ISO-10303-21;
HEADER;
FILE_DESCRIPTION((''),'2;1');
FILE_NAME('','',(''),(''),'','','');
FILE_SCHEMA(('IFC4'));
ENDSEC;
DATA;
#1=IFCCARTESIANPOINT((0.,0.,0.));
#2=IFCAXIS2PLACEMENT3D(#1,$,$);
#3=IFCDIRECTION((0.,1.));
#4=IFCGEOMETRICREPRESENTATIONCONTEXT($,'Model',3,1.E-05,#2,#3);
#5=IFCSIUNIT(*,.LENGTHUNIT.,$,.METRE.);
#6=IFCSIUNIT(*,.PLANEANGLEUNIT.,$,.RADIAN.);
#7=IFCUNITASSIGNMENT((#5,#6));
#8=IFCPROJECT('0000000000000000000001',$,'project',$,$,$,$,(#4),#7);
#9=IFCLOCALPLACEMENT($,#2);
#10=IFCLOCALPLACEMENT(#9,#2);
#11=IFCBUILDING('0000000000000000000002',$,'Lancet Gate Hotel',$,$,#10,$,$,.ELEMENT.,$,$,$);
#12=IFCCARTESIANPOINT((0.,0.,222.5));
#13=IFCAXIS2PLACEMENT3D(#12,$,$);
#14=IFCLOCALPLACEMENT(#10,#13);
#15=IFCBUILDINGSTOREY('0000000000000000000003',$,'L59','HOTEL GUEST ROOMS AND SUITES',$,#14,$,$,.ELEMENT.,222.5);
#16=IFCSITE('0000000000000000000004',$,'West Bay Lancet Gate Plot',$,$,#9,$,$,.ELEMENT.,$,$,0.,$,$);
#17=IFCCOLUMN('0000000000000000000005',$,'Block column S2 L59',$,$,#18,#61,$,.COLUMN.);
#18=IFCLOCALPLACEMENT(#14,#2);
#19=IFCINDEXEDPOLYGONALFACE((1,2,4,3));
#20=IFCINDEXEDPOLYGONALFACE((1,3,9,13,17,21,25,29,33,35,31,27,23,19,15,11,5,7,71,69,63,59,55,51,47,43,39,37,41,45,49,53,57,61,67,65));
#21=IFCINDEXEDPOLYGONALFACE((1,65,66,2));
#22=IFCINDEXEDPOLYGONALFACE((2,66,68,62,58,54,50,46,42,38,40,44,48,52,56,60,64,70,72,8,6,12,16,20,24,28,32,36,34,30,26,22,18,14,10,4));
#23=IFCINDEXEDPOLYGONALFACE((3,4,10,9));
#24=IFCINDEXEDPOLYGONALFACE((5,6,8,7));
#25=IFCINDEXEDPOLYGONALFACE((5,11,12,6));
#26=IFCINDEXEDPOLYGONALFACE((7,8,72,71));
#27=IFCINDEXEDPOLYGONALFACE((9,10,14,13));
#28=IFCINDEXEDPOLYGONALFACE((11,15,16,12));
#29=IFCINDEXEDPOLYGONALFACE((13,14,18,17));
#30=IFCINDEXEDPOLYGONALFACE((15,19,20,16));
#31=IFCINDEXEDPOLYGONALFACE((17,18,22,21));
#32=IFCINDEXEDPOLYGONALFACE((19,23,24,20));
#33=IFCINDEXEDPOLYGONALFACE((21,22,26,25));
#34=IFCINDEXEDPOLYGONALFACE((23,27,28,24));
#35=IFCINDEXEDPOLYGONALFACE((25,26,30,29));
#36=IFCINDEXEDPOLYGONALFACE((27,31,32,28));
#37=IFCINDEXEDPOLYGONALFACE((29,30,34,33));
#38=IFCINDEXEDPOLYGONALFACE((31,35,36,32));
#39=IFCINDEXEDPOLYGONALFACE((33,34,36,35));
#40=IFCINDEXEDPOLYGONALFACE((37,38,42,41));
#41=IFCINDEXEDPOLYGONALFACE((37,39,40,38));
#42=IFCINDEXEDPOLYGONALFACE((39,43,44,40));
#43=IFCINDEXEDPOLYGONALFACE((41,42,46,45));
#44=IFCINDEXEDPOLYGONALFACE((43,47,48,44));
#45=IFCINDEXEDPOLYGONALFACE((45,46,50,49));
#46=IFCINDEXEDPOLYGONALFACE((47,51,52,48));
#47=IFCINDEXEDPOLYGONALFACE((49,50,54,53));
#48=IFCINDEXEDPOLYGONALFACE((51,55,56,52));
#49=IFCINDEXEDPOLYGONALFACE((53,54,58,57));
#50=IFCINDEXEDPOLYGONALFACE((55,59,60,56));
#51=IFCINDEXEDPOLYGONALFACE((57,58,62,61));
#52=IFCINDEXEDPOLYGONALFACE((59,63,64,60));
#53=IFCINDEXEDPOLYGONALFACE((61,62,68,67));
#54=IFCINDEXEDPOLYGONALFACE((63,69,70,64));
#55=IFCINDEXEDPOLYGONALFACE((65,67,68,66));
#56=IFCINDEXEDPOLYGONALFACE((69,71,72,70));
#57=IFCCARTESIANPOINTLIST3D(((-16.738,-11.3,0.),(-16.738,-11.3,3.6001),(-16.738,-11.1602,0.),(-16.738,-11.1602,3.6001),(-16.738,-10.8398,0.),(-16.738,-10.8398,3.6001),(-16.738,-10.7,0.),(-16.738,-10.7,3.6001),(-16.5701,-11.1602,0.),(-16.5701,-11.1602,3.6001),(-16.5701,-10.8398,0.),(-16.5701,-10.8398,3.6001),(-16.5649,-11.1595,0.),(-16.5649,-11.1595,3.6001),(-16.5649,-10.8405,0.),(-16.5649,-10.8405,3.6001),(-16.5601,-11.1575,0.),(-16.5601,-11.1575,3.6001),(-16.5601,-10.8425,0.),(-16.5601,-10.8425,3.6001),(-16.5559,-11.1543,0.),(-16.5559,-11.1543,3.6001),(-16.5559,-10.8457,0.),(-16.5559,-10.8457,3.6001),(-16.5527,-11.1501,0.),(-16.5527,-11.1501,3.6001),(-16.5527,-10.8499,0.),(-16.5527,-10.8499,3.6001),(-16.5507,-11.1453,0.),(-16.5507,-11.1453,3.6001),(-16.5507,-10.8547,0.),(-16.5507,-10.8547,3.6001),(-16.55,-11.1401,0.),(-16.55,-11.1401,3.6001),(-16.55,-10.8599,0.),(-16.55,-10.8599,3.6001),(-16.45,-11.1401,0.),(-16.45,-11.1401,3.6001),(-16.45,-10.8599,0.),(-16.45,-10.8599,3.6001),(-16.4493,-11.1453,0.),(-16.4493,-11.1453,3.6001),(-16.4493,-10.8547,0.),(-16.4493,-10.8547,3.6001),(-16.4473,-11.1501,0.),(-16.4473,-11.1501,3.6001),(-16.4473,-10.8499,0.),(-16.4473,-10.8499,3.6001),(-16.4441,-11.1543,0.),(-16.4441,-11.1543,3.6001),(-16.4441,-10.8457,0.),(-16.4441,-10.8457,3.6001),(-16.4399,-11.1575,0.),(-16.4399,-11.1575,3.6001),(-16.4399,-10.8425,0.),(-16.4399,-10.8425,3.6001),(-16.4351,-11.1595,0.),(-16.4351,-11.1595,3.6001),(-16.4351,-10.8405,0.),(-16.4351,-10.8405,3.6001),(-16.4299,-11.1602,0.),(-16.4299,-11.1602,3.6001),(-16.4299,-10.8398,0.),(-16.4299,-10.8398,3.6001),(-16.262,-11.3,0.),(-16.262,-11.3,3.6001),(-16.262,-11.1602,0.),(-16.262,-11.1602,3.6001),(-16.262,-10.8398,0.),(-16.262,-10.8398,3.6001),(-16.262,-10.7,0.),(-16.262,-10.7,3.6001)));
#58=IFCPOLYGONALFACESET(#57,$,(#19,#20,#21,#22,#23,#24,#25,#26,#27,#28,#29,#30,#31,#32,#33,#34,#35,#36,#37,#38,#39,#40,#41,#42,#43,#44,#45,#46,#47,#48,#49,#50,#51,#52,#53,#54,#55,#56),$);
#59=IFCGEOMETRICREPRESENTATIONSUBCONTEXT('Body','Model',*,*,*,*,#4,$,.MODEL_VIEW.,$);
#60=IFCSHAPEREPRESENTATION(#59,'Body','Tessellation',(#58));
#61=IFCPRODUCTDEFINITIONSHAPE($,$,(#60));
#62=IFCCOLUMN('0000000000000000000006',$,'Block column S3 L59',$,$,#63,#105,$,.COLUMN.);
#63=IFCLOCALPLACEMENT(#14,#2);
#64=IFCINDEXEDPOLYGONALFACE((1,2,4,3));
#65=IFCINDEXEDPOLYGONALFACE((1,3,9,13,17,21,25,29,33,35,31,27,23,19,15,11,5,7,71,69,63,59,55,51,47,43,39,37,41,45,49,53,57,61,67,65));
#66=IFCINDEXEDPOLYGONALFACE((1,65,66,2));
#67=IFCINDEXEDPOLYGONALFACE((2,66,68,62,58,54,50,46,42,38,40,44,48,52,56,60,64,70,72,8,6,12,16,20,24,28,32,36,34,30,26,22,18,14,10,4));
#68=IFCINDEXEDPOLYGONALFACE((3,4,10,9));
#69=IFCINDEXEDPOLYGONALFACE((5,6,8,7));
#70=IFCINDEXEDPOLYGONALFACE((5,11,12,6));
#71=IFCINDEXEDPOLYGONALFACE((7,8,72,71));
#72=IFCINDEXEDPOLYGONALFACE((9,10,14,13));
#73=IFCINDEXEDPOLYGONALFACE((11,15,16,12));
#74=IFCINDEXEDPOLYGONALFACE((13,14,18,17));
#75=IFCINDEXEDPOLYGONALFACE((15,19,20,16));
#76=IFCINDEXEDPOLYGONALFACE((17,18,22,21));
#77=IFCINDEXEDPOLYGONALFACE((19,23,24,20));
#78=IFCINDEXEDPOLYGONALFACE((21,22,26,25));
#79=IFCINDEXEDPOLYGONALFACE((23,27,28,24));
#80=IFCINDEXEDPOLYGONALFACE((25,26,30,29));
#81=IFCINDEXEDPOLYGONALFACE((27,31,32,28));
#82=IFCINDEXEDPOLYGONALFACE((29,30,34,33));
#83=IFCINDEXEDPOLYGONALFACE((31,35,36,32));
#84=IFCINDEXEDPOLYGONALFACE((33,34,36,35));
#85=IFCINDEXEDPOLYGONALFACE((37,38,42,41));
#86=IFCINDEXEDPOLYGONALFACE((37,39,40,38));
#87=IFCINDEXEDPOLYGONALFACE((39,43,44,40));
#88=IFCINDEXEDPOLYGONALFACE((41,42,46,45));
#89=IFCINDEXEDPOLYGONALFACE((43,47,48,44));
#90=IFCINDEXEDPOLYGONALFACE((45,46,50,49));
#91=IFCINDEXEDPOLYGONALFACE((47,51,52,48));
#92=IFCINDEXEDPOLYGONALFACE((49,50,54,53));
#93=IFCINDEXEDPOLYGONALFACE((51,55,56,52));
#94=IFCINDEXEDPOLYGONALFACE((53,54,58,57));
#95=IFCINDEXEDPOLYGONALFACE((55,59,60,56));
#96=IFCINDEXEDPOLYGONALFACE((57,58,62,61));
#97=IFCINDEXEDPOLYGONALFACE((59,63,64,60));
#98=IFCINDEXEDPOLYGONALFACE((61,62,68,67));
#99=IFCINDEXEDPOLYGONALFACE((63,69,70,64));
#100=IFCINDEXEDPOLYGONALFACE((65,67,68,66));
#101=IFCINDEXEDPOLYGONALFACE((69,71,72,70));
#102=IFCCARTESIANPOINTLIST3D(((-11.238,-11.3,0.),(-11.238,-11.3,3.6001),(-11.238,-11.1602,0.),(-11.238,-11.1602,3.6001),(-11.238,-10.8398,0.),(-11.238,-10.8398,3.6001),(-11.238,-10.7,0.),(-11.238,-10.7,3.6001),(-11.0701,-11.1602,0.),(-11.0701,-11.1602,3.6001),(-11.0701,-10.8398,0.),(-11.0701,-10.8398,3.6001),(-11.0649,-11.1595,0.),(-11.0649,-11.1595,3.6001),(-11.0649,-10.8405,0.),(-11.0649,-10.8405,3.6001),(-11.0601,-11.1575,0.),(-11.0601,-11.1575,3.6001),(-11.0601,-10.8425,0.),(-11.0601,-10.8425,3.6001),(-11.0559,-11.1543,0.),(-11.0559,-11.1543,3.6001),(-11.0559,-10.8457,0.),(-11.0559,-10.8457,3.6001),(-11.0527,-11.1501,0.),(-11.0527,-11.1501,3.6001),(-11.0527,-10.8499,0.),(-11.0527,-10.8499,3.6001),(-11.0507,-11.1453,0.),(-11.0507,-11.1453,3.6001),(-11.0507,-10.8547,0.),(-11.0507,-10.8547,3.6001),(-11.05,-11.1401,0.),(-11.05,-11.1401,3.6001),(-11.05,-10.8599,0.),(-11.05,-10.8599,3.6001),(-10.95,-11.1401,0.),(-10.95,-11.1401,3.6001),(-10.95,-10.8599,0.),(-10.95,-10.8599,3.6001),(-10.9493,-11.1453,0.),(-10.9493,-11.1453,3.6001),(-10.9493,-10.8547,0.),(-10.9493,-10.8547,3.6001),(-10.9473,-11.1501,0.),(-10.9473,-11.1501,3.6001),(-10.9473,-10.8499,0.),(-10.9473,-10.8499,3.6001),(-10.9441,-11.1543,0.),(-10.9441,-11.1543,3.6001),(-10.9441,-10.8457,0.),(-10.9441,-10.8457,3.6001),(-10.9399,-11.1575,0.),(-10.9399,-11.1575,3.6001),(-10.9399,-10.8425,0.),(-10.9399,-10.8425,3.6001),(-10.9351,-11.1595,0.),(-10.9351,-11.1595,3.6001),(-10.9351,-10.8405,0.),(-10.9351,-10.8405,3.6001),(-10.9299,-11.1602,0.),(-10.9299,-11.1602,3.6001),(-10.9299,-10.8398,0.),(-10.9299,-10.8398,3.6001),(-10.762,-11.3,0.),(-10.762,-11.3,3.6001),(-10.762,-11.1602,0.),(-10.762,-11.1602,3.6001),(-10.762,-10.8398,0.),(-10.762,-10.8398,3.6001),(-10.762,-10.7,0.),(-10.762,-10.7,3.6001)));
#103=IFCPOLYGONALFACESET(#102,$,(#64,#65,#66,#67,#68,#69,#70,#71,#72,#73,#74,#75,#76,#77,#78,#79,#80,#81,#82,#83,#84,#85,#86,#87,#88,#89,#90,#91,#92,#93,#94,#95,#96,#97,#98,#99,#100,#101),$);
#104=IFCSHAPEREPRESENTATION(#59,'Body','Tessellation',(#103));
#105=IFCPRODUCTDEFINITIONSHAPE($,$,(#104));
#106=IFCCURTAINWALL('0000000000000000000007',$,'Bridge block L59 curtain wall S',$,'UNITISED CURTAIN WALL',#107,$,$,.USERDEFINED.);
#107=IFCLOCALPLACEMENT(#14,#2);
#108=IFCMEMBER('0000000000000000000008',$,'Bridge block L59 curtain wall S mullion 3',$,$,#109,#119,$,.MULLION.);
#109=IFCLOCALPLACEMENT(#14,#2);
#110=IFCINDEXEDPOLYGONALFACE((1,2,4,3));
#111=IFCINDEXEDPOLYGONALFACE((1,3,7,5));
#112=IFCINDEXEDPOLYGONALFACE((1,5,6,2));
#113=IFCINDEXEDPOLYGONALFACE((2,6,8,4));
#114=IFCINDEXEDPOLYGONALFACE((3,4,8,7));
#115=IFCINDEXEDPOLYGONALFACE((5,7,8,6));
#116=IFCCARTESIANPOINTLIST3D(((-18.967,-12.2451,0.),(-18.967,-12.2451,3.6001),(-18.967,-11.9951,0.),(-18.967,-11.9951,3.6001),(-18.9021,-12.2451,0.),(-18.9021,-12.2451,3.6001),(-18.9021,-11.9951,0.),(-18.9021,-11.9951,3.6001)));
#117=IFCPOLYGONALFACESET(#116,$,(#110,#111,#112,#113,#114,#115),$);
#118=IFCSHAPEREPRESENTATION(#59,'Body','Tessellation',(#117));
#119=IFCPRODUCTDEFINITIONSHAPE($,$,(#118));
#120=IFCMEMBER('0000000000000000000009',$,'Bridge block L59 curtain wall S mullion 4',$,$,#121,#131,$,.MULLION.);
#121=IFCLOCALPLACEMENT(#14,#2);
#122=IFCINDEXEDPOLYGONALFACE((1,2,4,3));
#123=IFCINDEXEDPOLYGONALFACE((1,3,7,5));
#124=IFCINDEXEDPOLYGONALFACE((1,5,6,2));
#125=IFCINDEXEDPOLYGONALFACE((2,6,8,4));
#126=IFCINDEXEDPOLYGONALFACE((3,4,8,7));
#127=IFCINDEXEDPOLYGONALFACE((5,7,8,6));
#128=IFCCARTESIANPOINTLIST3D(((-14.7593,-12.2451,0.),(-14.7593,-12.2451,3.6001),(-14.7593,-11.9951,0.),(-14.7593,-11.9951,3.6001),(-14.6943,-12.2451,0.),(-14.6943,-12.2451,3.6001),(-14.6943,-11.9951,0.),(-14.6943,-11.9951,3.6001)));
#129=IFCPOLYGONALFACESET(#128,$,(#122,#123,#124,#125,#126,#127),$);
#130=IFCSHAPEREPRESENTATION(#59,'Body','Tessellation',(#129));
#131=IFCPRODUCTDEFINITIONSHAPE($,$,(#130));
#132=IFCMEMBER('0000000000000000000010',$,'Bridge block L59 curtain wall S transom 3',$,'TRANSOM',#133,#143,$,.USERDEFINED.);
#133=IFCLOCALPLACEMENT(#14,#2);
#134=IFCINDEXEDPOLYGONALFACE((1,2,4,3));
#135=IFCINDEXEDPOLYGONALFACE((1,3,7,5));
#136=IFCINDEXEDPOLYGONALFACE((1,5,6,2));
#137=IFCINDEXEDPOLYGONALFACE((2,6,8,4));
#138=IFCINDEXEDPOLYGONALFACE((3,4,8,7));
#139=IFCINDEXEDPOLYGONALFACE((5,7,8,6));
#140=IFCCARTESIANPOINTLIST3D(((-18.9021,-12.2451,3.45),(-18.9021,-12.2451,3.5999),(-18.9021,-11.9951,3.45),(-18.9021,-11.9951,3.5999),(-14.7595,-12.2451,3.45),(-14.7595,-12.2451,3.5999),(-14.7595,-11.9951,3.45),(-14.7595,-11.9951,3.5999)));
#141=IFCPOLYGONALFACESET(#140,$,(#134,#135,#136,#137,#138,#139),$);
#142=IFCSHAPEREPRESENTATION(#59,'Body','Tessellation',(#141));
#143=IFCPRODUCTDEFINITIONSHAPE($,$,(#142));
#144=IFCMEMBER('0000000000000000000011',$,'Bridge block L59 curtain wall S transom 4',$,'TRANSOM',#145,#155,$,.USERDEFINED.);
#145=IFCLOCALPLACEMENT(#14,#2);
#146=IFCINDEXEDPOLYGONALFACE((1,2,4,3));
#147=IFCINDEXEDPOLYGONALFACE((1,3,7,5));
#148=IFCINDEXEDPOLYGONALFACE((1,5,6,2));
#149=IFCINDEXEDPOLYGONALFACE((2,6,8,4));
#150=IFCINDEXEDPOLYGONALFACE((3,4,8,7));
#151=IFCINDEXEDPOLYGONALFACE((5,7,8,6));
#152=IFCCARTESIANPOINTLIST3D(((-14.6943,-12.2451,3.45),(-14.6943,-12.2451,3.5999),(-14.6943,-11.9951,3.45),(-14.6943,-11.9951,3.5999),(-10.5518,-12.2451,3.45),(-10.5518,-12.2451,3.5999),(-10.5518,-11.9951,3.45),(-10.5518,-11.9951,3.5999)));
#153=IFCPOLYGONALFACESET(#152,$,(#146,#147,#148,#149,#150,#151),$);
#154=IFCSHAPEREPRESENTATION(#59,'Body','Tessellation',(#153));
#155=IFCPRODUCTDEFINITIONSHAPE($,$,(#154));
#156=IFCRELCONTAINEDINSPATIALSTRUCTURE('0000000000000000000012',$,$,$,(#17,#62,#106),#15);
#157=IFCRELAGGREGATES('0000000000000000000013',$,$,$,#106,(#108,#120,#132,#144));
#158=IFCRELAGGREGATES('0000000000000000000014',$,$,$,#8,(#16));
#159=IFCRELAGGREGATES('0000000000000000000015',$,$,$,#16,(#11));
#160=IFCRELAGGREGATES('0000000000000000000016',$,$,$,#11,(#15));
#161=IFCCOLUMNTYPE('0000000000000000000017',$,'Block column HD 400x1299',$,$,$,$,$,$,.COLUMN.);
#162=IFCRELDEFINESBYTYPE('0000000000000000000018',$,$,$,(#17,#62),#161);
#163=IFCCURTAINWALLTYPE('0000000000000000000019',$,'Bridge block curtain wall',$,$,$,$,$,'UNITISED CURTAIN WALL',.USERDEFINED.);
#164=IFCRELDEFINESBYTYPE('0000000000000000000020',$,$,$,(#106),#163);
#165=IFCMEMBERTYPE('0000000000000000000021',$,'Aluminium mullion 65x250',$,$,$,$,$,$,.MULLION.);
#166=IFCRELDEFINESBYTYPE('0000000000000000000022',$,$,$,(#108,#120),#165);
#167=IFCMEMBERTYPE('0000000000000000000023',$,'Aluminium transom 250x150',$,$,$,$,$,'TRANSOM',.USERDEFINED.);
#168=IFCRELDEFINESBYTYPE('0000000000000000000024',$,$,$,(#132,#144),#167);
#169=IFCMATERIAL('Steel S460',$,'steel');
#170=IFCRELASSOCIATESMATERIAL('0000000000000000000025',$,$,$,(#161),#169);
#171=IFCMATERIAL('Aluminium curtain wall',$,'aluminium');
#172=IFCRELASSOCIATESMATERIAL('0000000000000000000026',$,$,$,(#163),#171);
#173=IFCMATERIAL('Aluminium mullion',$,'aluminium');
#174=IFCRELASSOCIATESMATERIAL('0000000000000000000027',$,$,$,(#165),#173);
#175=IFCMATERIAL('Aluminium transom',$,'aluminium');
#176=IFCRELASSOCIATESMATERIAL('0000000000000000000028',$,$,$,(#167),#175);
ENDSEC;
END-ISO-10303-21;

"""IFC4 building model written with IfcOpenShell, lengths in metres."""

from ifc_helpers import new_model, si_unit, direction, frame, origin, origin_2d, place, context, subcontext, project, spatial, rectangle, i_section, extrude, material, material_profile, profile_set, type_object, element, aggregate, save


model = new_model("IFC4")

# Units and contexts
model_context = context("Model", 3, precision=1e-05, world=origin(), true_north=direction((0.0, 1.0)))
body_context = subcontext(model_context, "Body", "Model", "MODEL_VIEW")
ifc_project = project(units=[si_unit("LENGTHUNIT", "METRE"), si_unit("PLANEANGLEUNIT", "RADIAN")], contexts=[model_context])

# Site, building, storey
site_placement = place(None, origin())
site = spatial("IfcSite", under=ifc_project, at=site_placement, Name="West Bay Lancet Gate Plot", CompositionType="ELEMENT", RefElevation=0.0)
building_placement = place(site_placement, origin())
building = spatial("IfcBuilding", under=site, at=building_placement, Name="Lancet Gate Hotel", CompositionType="ELEMENT")
storey_placement = place(building_placement, frame((0.0, 0.0, 222.5)))
storey = spatial("IfcBuildingStorey", under=building, at=storey_placement, Name="L59", Description="HOTEL GUEST ROOMS AND SUITES", CompositionType="ELEMENT", Elevation=222.5)

# Columns
ifc_material_1 = material(Name="Steel S460", Category="steel")
ifc_material_profile_1 = material_profile(ifc_material_1, i_section(OverallWidth=0.4761, OverallDepth=0.6001, WebThickness=0.1001, FlangeThickness=0.1399, FilletRadius=0.02, at=origin_2d()), Name="HD 400x1299")
ifc_profile_set_1 = profile_set([ifc_material_profile_1], Name="Steel S460")
column_type = type_object("IfcColumnType", Name="Block column HD 400x1299", PredefinedType="COLUMN", material=ifc_profile_set_1)
for number, where, z_axis, x_axis, name in (
    (1, (-16.5, -11.0, 0.0), (0.0, 0.0, 1.0), (1.0, 0.0, 0.0), "Block column S2 L59"),
    (2, (-11.0, -11.0, 0.0), (0.0, 0.0, 1.0), (1.0, 0.0, 0.0), "Block column S3 L59"),
):
    element("IfcColumn", number, at=place(storey_placement, frame(where, z_axis=z_axis, x_axis=x_axis)), inside=storey, type_object=column_type, Name=name, PredefinedType="COLUMN", context=body_context, shape_type="SweptSolid", body=[
        extrude(i_section(OverallWidth=0.4761, OverallDepth=0.6001, WebThickness=0.1001, FlangeThickness=0.1399, FilletRadius=0.02, at=origin_2d()), origin(), (0.0, 0.0, 1.0), 3.6001),
    ])

# Curtain wall, members
ifc_material_2 = material(Name="Aluminium curtain wall", Category="aluminium")
curtain_wall_type = type_object("IfcCurtainWallType", Name="Bridge block curtain wall", ElementType="UNITISED CURTAIN WALL", PredefinedType="USERDEFINED", material=ifc_material_2)
curtain_wall_placement = place(storey_placement, origin())
curtain_wall = element("IfcCurtainWall", 3, at=curtain_wall_placement, inside=storey, type_object=curtain_wall_type, Name="Bridge block L59 curtain wall S", ObjectType="UNITISED CURTAIN WALL", PredefinedType="USERDEFINED")
ifc_material_3 = material(Name="Aluminium mullion", Category="aluminium")
ifc_material_profile_2 = material_profile(ifc_material_3, rectangle(XDim=0.0649, YDim=0.25, at=origin_2d()), Name="MULLION 65x250")
ifc_profile_set_2 = profile_set([ifc_material_profile_2], Name="Aluminium mullion")
member_type_1 = type_object("IfcMemberType", Name="Aluminium mullion 65x250", PredefinedType="MULLION", material=ifc_profile_set_2)
member_1_placement = place(storey_placement, frame((-18.9346, -12.1201, 0.0), z_axis=(0.0, 0.0, 1.0), x_axis=(1.0, 0.0, 0.0)))
member_1 = element("IfcMember", 4, at=member_1_placement, type_object=member_type_1, Name="Bridge block L59 curtain wall S mullion 3", PredefinedType="MULLION", context=body_context, shape_type="SweptSolid", body=[
    extrude(rectangle(XDim=0.0649, YDim=0.25, at=origin_2d()), origin(), (0.0, 0.0, 1.0), 3.6001),
])
member_2_placement = place(storey_placement, frame((-14.7268, -12.1201, 0.0), z_axis=(0.0, 0.0, 1.0), x_axis=(1.0, 0.0, 0.0)))
member_2 = element("IfcMember", 5, at=member_2_placement, type_object=member_type_1, Name="Bridge block L59 curtain wall S mullion 4", PredefinedType="MULLION", context=body_context, shape_type="SweptSolid", body=[
    extrude(rectangle(XDim=0.0649, YDim=0.25, at=origin_2d()), origin(), (0.0, 0.0, 1.0), 3.6001),
])
ifc_material_4 = material(Name="Aluminium transom", Category="aluminium")
ifc_material_profile_3 = material_profile(ifc_material_4, rectangle(XDim=0.25, YDim=0.1499, at=origin_2d()), Name="TRANSOM 250x150")
ifc_profile_set_3 = profile_set([ifc_material_profile_3], Name="Aluminium transom")
member_type_2 = type_object("IfcMemberType", Name="Aluminium transom 250x150", ElementType="TRANSOM", PredefinedType="USERDEFINED", material=ifc_profile_set_3)
member_3_placement = place(storey_placement, frame((-18.9021, -12.1201, 3.5249), z_axis=(1.0, 0.0, 0.0), x_axis=(0.0, 1.0, 0.0)))
member_3 = element("IfcMember", 6, at=member_3_placement, type_object=member_type_2, Name="Bridge block L59 curtain wall S transom 3", ObjectType="TRANSOM", PredefinedType="USERDEFINED", context=body_context, shape_type="SweptSolid", body=[
    extrude(rectangle(XDim=0.25, YDim=0.1499, at=origin_2d()), origin(), (0.0, 0.0, 1.0), 4.1426),
])
member_4_placement = place(storey_placement, frame((-14.6943, -12.1201, 3.5249), z_axis=(1.0, 0.0, 0.0), x_axis=(0.0, 1.0, 0.0)))
member_4 = element("IfcMember", 7, at=member_4_placement, type_object=member_type_2, Name="Bridge block L59 curtain wall S transom 4", ObjectType="TRANSOM", PredefinedType="USERDEFINED", context=body_context, shape_type="SweptSolid", body=[
    extrude(rectangle(XDim=0.25, YDim=0.1499, at=origin_2d()), origin(), (0.0, 0.0, 1.0), 4.1426),
])

aggregate(curtain_wall, [member_1, member_2, member_3, member_4])

save(model, "model.ifc")
